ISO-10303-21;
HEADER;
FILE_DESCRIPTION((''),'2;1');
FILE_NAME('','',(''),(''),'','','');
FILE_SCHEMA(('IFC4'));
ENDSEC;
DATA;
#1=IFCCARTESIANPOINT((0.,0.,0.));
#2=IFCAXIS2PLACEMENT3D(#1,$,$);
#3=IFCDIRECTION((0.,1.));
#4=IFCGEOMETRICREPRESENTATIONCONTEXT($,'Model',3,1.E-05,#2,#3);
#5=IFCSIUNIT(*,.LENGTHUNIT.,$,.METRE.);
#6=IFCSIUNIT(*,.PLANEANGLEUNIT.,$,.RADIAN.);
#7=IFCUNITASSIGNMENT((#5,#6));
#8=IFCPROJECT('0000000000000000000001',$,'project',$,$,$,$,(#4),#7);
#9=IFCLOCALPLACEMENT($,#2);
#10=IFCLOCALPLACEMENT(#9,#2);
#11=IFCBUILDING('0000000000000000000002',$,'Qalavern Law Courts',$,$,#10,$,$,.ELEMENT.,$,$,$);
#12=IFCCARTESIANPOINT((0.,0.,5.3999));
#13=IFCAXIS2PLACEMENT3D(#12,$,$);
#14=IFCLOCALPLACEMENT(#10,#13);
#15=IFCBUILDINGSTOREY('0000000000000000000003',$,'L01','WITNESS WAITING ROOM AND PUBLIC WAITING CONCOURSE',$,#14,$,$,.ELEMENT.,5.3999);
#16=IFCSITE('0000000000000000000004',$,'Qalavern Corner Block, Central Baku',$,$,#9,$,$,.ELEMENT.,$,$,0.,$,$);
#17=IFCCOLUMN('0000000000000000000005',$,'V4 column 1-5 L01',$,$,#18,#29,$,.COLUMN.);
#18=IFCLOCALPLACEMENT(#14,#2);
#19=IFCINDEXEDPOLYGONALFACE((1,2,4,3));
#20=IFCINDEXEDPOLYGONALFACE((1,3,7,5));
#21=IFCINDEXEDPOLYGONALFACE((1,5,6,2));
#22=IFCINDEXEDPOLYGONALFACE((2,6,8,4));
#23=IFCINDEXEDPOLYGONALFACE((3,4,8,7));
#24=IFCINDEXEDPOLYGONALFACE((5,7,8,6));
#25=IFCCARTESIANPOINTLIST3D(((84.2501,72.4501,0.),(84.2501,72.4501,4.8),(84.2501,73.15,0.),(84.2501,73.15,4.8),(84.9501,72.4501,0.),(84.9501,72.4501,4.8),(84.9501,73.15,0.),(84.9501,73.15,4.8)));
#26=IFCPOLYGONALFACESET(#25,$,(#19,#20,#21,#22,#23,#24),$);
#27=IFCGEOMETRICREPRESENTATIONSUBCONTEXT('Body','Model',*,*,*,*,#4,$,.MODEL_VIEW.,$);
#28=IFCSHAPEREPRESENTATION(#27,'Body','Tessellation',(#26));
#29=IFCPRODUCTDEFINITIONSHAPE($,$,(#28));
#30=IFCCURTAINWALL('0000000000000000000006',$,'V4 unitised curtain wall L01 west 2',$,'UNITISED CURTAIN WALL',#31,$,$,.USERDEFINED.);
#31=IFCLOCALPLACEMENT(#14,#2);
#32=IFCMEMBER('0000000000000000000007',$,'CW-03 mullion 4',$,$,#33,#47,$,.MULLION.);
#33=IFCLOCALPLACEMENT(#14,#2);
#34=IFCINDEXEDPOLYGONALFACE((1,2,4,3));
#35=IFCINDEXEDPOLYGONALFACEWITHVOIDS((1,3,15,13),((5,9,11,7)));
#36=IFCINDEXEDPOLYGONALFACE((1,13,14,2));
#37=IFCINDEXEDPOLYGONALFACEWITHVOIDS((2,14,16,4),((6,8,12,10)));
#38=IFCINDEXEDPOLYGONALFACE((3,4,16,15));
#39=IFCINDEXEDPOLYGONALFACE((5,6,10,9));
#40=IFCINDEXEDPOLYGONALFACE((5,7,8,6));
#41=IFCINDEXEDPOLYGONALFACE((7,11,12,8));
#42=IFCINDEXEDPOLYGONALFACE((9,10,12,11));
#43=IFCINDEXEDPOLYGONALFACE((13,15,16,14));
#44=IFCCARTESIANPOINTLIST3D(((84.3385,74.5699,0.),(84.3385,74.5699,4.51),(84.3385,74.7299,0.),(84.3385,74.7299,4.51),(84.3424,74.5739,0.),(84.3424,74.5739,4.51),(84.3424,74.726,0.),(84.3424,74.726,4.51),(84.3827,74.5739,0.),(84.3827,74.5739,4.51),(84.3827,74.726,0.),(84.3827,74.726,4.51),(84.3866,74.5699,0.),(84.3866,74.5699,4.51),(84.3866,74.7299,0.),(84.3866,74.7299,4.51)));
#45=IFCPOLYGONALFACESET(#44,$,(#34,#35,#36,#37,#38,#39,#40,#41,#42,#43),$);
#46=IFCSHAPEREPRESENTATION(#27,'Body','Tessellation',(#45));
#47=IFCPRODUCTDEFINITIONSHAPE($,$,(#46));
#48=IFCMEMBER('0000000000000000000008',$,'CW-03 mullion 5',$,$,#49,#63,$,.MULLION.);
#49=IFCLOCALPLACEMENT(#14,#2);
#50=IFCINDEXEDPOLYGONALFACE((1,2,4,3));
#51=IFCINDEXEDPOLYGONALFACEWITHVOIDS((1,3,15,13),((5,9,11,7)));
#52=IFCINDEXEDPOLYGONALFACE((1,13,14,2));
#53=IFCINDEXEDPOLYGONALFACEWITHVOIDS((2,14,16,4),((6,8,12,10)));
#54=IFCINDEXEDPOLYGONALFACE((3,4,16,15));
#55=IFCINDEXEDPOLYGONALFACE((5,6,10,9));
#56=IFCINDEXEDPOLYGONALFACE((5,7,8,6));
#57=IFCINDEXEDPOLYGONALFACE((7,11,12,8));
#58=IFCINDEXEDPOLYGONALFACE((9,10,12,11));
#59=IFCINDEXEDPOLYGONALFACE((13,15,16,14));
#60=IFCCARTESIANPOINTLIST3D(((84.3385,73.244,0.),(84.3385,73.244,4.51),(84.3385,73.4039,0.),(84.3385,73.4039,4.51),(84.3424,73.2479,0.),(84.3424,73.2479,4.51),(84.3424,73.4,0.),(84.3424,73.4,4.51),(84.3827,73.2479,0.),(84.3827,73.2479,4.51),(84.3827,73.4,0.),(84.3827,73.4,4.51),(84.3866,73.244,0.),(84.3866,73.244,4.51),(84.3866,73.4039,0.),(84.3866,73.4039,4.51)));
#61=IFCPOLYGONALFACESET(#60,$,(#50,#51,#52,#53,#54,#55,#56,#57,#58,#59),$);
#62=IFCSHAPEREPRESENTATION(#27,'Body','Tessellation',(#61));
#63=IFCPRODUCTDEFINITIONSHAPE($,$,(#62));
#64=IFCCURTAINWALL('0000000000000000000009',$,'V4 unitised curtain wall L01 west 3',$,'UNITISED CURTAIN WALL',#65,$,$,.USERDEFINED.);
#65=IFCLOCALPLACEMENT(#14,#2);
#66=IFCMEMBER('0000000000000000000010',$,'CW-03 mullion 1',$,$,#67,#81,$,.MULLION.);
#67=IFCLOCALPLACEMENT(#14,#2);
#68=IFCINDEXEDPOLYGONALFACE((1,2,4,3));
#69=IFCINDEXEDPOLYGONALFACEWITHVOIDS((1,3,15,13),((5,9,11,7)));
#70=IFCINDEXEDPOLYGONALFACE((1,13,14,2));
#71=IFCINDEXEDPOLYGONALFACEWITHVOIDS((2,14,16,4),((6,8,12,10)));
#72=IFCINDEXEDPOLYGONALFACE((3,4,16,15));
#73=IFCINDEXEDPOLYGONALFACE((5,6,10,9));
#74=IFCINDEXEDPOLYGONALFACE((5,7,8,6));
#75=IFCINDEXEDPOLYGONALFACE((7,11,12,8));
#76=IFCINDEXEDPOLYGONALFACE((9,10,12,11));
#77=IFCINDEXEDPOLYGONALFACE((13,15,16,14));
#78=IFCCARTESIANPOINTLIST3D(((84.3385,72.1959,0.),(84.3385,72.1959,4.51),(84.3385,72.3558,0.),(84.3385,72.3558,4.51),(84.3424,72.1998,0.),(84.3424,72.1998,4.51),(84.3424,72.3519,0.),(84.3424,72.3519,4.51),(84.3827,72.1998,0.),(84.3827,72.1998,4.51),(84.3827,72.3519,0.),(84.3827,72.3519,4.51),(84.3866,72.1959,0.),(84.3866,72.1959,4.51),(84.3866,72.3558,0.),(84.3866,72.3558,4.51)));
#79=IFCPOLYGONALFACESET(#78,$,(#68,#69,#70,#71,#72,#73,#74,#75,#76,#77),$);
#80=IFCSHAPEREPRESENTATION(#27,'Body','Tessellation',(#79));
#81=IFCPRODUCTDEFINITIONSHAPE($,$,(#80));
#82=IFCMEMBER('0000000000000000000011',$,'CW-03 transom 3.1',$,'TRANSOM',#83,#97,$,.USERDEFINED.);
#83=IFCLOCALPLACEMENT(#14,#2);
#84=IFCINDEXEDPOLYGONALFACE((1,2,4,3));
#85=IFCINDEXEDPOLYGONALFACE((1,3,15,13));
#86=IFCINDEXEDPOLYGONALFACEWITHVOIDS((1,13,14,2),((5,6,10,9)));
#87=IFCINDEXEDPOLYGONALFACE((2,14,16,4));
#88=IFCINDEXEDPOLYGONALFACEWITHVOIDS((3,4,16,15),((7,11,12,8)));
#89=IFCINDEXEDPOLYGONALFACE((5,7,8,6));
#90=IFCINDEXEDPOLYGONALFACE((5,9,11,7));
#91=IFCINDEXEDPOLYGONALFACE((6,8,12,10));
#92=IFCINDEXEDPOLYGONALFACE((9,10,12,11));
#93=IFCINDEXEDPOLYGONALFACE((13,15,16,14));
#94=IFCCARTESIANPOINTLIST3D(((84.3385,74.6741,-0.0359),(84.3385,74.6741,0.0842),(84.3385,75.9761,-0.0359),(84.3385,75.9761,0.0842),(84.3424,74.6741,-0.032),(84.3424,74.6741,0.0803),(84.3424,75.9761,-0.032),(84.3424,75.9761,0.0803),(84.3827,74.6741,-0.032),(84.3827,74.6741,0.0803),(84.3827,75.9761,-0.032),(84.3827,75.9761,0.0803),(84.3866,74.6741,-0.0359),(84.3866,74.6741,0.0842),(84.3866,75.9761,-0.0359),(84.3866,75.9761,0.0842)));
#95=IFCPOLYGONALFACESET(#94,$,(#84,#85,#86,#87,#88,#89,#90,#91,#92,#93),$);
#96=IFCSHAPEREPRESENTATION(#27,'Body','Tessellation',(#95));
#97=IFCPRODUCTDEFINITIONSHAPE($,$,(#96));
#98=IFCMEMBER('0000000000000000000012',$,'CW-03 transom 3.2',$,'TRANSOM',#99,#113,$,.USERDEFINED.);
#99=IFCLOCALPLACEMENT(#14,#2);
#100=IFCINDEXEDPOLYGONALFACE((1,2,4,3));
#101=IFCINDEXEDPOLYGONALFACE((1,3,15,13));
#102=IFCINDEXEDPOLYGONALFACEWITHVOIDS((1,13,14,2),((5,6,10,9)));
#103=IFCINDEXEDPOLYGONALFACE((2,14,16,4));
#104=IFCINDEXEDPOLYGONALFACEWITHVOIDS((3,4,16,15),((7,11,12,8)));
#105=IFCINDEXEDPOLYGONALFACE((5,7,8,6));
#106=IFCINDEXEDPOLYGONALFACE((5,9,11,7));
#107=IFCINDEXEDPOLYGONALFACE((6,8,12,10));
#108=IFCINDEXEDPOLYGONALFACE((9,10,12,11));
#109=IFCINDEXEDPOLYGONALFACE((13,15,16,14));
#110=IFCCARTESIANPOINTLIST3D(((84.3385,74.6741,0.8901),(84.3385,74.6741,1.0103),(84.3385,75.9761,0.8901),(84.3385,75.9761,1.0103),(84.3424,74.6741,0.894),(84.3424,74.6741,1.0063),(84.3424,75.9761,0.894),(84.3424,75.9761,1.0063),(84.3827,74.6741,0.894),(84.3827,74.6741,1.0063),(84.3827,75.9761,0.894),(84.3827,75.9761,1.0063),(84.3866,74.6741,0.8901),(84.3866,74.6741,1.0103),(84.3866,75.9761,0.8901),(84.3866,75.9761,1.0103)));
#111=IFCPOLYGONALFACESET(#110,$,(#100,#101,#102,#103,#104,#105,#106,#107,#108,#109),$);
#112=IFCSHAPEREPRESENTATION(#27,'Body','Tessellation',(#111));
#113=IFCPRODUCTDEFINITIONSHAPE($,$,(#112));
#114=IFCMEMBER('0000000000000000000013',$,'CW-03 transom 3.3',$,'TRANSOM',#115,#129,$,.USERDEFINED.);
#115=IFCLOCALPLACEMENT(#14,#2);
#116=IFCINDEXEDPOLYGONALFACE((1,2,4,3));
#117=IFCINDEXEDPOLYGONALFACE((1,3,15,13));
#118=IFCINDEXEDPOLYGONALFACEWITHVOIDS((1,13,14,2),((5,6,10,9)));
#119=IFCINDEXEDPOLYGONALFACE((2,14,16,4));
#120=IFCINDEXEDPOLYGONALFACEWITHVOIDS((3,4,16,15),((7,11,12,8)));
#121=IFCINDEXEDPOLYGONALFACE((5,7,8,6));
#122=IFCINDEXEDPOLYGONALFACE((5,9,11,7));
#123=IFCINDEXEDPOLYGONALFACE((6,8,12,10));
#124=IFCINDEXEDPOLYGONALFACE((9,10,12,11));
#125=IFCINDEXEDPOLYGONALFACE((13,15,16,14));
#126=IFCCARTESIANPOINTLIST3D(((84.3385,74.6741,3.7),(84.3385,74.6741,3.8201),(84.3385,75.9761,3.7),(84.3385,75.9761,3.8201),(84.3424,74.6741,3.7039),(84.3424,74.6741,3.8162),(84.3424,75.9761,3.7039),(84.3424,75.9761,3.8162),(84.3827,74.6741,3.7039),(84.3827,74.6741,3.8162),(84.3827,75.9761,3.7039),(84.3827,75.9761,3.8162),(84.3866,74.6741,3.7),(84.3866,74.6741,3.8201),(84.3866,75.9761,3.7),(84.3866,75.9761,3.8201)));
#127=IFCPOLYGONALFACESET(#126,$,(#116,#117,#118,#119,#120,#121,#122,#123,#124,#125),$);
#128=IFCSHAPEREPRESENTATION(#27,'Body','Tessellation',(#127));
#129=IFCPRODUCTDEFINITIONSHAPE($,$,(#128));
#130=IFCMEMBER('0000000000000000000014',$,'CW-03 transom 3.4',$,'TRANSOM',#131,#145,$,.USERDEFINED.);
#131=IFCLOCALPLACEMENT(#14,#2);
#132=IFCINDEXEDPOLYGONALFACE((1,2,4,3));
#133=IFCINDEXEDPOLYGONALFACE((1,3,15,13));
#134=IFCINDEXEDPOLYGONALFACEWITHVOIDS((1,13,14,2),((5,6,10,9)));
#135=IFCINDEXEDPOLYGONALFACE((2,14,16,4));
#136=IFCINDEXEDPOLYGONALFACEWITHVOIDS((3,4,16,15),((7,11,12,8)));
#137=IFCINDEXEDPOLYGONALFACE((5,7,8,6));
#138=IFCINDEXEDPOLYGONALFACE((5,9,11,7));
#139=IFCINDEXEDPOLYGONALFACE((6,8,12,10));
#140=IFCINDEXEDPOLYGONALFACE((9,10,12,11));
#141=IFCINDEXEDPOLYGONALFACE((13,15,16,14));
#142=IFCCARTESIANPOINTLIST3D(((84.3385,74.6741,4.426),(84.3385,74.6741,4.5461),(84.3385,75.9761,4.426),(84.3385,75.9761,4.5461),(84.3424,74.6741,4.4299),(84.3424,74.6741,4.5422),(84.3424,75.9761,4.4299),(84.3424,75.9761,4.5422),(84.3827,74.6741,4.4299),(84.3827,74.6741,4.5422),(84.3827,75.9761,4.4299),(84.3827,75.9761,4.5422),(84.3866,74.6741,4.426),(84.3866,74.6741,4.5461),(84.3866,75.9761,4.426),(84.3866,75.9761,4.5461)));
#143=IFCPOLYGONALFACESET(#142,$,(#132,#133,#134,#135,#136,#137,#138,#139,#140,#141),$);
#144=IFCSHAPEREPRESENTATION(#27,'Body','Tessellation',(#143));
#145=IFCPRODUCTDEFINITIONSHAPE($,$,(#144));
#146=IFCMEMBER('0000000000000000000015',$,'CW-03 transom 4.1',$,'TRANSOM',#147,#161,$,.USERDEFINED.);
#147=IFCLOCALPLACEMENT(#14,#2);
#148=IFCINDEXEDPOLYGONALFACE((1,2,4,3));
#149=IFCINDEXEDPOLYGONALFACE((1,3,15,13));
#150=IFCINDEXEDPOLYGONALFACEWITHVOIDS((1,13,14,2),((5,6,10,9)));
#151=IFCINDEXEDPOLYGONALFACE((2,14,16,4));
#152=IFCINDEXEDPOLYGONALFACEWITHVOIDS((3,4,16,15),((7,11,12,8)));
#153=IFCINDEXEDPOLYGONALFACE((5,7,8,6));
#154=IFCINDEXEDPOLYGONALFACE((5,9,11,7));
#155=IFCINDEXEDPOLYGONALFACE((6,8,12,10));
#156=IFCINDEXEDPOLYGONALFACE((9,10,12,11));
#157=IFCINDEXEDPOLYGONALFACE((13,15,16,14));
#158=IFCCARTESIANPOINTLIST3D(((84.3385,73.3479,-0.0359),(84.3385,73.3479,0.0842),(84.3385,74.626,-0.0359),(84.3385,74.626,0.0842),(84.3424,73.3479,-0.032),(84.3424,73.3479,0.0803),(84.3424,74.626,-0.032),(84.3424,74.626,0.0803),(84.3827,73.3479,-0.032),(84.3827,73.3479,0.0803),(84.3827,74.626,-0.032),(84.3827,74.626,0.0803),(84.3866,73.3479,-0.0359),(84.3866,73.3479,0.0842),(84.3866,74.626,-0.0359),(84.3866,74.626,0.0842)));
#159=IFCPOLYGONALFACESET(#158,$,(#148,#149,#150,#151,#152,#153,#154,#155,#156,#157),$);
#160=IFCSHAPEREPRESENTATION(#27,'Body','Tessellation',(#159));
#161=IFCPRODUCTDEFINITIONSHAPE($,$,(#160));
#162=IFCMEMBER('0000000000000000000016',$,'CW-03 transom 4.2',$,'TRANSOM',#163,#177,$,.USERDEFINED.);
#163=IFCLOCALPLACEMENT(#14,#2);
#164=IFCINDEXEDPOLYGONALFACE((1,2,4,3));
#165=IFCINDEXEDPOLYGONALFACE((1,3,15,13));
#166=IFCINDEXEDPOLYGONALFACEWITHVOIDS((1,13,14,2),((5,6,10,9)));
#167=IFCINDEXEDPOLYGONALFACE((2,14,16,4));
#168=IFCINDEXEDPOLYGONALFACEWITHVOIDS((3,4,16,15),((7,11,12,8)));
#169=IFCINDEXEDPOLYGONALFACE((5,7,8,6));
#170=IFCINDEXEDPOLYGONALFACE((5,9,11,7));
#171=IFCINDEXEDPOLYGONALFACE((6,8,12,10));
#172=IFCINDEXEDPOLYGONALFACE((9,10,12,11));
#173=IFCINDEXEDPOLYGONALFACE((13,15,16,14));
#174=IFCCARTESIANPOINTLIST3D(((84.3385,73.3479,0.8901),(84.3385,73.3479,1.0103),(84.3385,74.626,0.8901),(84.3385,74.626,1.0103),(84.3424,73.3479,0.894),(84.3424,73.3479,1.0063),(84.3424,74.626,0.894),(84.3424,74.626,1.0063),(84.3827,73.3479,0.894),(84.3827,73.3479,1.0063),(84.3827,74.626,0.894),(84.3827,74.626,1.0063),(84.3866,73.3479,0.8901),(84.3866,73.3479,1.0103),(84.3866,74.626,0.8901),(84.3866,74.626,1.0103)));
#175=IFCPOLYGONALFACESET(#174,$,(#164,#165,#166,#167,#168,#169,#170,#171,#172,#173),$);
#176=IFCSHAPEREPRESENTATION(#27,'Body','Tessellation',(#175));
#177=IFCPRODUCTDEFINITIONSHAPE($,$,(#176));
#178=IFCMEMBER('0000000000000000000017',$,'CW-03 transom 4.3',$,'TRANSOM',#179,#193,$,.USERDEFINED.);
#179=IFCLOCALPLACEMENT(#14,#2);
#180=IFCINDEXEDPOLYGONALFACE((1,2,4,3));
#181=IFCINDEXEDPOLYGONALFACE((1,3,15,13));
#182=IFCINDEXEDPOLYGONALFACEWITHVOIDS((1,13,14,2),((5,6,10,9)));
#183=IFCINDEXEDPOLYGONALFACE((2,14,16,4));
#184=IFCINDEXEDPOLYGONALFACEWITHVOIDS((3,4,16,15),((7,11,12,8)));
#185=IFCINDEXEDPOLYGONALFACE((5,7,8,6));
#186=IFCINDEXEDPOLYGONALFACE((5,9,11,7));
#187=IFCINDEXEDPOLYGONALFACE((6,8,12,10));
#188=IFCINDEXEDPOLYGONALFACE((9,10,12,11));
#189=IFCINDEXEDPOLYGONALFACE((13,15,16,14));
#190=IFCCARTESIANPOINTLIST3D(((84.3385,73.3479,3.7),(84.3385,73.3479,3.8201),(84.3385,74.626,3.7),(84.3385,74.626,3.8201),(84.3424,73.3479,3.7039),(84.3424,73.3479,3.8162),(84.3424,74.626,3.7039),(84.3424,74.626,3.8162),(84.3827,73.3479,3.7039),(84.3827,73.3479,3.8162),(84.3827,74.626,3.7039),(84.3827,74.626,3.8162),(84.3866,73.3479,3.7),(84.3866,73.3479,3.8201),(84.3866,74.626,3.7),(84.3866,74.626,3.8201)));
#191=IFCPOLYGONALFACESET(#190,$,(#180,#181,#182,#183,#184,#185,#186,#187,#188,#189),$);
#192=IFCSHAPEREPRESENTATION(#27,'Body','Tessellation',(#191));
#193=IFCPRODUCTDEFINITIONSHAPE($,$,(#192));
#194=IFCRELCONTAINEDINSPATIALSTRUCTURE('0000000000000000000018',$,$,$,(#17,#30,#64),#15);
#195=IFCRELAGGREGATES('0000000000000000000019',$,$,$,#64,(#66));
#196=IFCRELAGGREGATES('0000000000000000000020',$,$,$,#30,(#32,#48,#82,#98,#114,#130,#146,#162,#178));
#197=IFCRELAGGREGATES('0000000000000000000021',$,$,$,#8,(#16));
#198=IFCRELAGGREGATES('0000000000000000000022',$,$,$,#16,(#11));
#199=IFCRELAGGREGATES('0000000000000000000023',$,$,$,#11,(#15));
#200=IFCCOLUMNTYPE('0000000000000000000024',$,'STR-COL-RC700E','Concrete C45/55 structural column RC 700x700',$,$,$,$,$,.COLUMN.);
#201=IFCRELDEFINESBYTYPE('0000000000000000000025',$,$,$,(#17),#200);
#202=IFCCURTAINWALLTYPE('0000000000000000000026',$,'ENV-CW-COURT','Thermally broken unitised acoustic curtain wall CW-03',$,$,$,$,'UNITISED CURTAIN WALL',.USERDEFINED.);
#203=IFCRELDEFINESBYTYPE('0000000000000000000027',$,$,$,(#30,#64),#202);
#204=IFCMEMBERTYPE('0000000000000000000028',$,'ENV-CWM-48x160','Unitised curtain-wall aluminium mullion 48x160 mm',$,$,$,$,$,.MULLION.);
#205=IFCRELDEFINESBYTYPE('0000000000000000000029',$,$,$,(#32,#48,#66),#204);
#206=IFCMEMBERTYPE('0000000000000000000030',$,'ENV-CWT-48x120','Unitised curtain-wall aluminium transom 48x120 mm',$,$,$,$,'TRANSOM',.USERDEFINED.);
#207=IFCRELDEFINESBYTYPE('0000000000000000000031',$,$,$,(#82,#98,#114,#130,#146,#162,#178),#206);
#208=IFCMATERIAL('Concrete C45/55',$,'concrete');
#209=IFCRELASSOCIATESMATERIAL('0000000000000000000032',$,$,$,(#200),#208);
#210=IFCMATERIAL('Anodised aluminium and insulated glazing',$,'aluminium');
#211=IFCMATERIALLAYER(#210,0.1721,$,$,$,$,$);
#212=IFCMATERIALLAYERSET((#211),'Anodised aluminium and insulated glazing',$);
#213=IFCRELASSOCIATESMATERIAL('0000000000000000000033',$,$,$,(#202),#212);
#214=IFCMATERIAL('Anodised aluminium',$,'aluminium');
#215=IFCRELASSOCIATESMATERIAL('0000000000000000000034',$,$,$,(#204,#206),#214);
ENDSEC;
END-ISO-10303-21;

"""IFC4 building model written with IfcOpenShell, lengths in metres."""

from ifc_helpers import new_model, si_unit, direction, frame, origin, origin_2d, place, context, subcontext, project, spatial, rectangle, hollow_rectangle, extrude, material, layer, layer_set, material_profile, profile_set, type_object, element, aggregate, save


model = new_model("IFC4")

# Units and contexts
model_context = context("Model", 3, precision=1e-05, world=origin(), true_north=direction((0.0, 1.0)))
body_context = subcontext(model_context, "Body", "Model", "MODEL_VIEW")
ifc_project = project(units=[si_unit("LENGTHUNIT", "METRE"), si_unit("PLANEANGLEUNIT", "RADIAN")], contexts=[model_context])

# Site, building, storey
site_placement = place(None, origin())
site = spatial("IfcSite", under=ifc_project, at=site_placement, Name="Qalavern Corner Block, Central Baku", CompositionType="ELEMENT", RefElevation=0.0)
building_placement = place(site_placement, origin())
building = spatial("IfcBuilding", under=site, at=building_placement, Name="Qalavern Law Courts", CompositionType="ELEMENT")
storey_placement = place(building_placement, frame((0.0, 0.0, 5.3999)))
storey = spatial("IfcBuildingStorey", under=building, at=storey_placement, Name="L01", Description="WITNESS WAITING ROOM AND PUBLIC WAITING CONCOURSE", CompositionType="ELEMENT", Elevation=5.3999)

# Column
ifc_material_1 = material(Name="Concrete C45/55", Category="concrete")
ifc_material_profile_1 = material_profile(ifc_material_1, rectangle(XDim=0.7, YDim=0.7, at=origin_2d()), Name="RC 700x700")
ifc_profile_set_1 = profile_set([ifc_material_profile_1], Name="Concrete C45/55")
column_type = type_object("IfcColumnType", Name="STR-COL-RC700E", Description="Concrete C45/55 structural column RC 700x700", PredefinedType="COLUMN", material=ifc_profile_set_1)
column_placement = place(storey_placement, frame((84.6001, 72.8, 0.0), z_axis=(0.0, 0.0, 1.0), x_axis=(1.0, 0.0, 0.0)))
element("IfcColumn", 1, at=column_placement, inside=storey, type_object=column_type, Name="V4 column 1-5 L01", PredefinedType="COLUMN", context=body_context, shape_type="SweptSolid", body=[
    extrude(rectangle(XDim=0.7, YDim=0.7, at=origin_2d()), origin(), (0.0, 0.0, 1.0), 4.8),
])

# Curtain wall, members
ifc_material_2 = material(Name="Anodised aluminium and insulated glazing", Category="aluminium")
ifc_layer_1 = layer(ifc_material_2, 0.1721)
ifc_layer_set_1 = layer_set([ifc_layer_1], Name="Anodised aluminium and insulated glazing")
curtain_wall_type = type_object("IfcCurtainWallType", Name="ENV-CW-COURT", Description="Thermally broken unitised acoustic curtain wall CW-03", ElementType="UNITISED CURTAIN WALL", PredefinedType="USERDEFINED", material=ifc_layer_set_1)
curtain_wall_1_placement = place(storey_placement, origin())
curtain_wall_1 = element("IfcCurtainWall", 2, at=curtain_wall_1_placement, inside=storey, type_object=curtain_wall_type, Name="V4 unitised curtain wall L01 west 2", ObjectType="UNITISED CURTAIN WALL", PredefinedType="USERDEFINED")
ifc_material_3 = material(Name="Anodised aluminium", Category="aluminium")
ifc_material_profile_2 = material_profile(ifc_material_3, hollow_rectangle(XDim=0.0481, YDim=0.1599, WallThickness=0.0039, at=origin_2d()), Name="ALU MULLION 48x160")
ifc_profile_set_2 = profile_set([ifc_material_profile_2], Name="Anodised aluminium")
member_type_1 = type_object("IfcMemberType", Name="ENV-CWM-48x160", Description="Unitised curtain-wall aluminium mullion 48x160 mm", PredefinedType="MULLION", material=ifc_profile_set_2)
member_1_placement = place(storey_placement, frame((84.3625, 74.6499, 0.0), z_axis=(0.0, 0.0, 1.0), x_axis=(1.0, 0.0, 0.0)))
member_1 = element("IfcMember", 3, at=member_1_placement, type_object=member_type_1, Name="CW-03 mullion 4", PredefinedType="MULLION", context=body_context, shape_type="SweptSolid", body=[
    extrude(hollow_rectangle(XDim=0.0481, YDim=0.1599, WallThickness=0.0039, at=origin_2d()), origin(), (0.0, 0.0, 1.0), 4.51),
])
member_2_placement = place(storey_placement, frame((84.3625, 73.324, 0.0), z_axis=(0.0, 0.0, 1.0), x_axis=(1.0, 0.0, 0.0)))
member_2 = element("IfcMember", 4, at=member_2_placement, type_object=member_type_1, Name="CW-03 mullion 5", PredefinedType="MULLION", context=body_context, shape_type="SweptSolid", body=[
    extrude(hollow_rectangle(XDim=0.0481, YDim=0.1599, WallThickness=0.0039, at=origin_2d()), origin(), (0.0, 0.0, 1.0), 4.51),
])

# Curtain wall, member
curtain_wall_2_placement = place(storey_placement, origin())
curtain_wall_2 = element("IfcCurtainWall", 5, at=curtain_wall_2_placement, inside=storey, type_object=curtain_wall_type, Name="V4 unitised curtain wall L01 west 3", ObjectType="UNITISED CURTAIN WALL", PredefinedType="USERDEFINED")
member_3_placement = place(storey_placement, frame((84.3625, 72.2759, 0.0), z_axis=(0.0, 0.0, 1.0), x_axis=(1.0, 0.0, 0.0)))
member_3 = element("IfcMember", 6, at=member_3_placement, type_object=member_type_1, Name="CW-03 mullion 1", PredefinedType="MULLION", context=body_context, shape_type="SweptSolid", body=[
    extrude(hollow_rectangle(XDim=0.0481, YDim=0.1599, WallThickness=0.0039, at=origin_2d()), origin(), (0.0, 0.0, 1.0), 4.51),
])
aggregate(curtain_wall_2, [member_3])

# Members
ifc_material_profile_3 = material_profile(ifc_material_3, hollow_rectangle(XDim=0.0481, YDim=0.1201, WallThickness=0.0039, at=origin_2d()), Name="ALU TRANSOM 48x120")
ifc_profile_set_3 = profile_set([ifc_material_profile_3], Name="Anodised aluminium")
member_type_2 = type_object("IfcMemberType", Name="ENV-CWT-48x120", Description="Unitised curtain-wall aluminium transom 48x120 mm", ElementType="TRANSOM", PredefinedType="USERDEFINED", material=ifc_profile_set_3)
member_4_placement = place(storey_placement, frame((84.3625, 75.9761, 0.0242), z_axis=(0.0, -1.0, 0.0), x_axis=(1.0, 0.0, 0.0)))
member_4 = element("IfcMember", 7, at=member_4_placement, type_object=member_type_2, Name="CW-03 transom 3.1", ObjectType="TRANSOM", PredefinedType="USERDEFINED", context=body_context, shape_type="SweptSolid", body=[
    extrude(hollow_rectangle(XDim=0.0481, YDim=0.1201, WallThickness=0.0039, at=origin_2d()), origin(), (0.0, 0.0, 1.0), 1.302),
])
member_5_placement = place(storey_placement, frame((84.3625, 75.9761, 0.9502), z_axis=(0.0, -1.0, 0.0), x_axis=(1.0, 0.0, 0.0)))
member_5 = element("IfcMember", 8, at=member_5_placement, type_object=member_type_2, Name="CW-03 transom 3.2", ObjectType="TRANSOM", PredefinedType="USERDEFINED", context=body_context, shape_type="SweptSolid", body=[
    extrude(hollow_rectangle(XDim=0.0481, YDim=0.1201, WallThickness=0.0039, at=origin_2d()), origin(), (0.0, 0.0, 1.0), 1.302),
])
member_6_placement = place(storey_placement, frame((84.3625, 75.9761, 3.76), z_axis=(0.0, -1.0, 0.0), x_axis=(1.0, 0.0, 0.0)))
member_6 = element("IfcMember", 9, at=member_6_placement, type_object=member_type_2, Name="CW-03 transom 3.3", ObjectType="TRANSOM", PredefinedType="USERDEFINED", context=body_context, shape_type="SweptSolid", body=[
    extrude(hollow_rectangle(XDim=0.0481, YDim=0.1201, WallThickness=0.0039, at=origin_2d()), origin(), (0.0, 0.0, 1.0), 1.302),
])
member_7_placement = place(storey_placement, frame((84.3625, 75.9761, 4.4861), z_axis=(0.0, -1.0, 0.0), x_axis=(1.0, 0.0, 0.0)))
member_7 = element("IfcMember", 10, at=member_7_placement, type_object=member_type_2, Name="CW-03 transom 3.4", ObjectType="TRANSOM", PredefinedType="USERDEFINED", context=body_context, shape_type="SweptSolid", body=[
    extrude(hollow_rectangle(XDim=0.0481, YDim=0.1201, WallThickness=0.0039, at=origin_2d()), origin(), (0.0, 0.0, 1.0), 1.302),
])
member_8_placement = place(storey_placement, frame((84.3625, 74.626, 0.0242), z_axis=(0.0, -1.0, 0.0), x_axis=(1.0, 0.0, 0.0)))
member_8 = element("IfcMember", 11, at=member_8_placement, type_object=member_type_2, Name="CW-03 transom 4.1", ObjectType="TRANSOM", PredefinedType="USERDEFINED", context=body_context, shape_type="SweptSolid", body=[
    extrude(hollow_rectangle(XDim=0.0481, YDim=0.1201, WallThickness=0.0039, at=origin_2d()), origin(), (0.0, 0.0, 1.0), 1.2781),
])
member_9_placement = place(storey_placement, frame((84.3625, 74.626, 0.9502), z_axis=(0.0, -1.0, 0.0), x_axis=(1.0, 0.0, 0.0)))
member_9 = element("IfcMember", 12, at=member_9_placement, type_object=member_type_2, Name="CW-03 transom 4.2", ObjectType="TRANSOM", PredefinedType="USERDEFINED", context=body_context, shape_type="SweptSolid", body=[
    extrude(hollow_rectangle(XDim=0.0481, YDim=0.1201, WallThickness=0.0039, at=origin_2d()), origin(), (0.0, 0.0, 1.0), 1.2781),
])
member_10_placement = place(storey_placement, frame((84.3625, 74.626, 3.76), z_axis=(0.0, -1.0, 0.0), x_axis=(1.0, 0.0, 0.0)))
member_10 = element("IfcMember", 13, at=member_10_placement, type_object=member_type_2, Name="CW-03 transom 4.3", ObjectType="TRANSOM", PredefinedType="USERDEFINED", context=body_context, shape_type="SweptSolid", body=[
    extrude(hollow_rectangle(XDim=0.0481, YDim=0.1201, WallThickness=0.0039, at=origin_2d()), origin(), (0.0, 0.0, 1.0), 1.2781),
])

aggregate(curtain_wall_1, [member_1, member_2, member_4, member_5, member_6, member_7, member_8, member_9, member_10])

save(model, "model.ifc")
